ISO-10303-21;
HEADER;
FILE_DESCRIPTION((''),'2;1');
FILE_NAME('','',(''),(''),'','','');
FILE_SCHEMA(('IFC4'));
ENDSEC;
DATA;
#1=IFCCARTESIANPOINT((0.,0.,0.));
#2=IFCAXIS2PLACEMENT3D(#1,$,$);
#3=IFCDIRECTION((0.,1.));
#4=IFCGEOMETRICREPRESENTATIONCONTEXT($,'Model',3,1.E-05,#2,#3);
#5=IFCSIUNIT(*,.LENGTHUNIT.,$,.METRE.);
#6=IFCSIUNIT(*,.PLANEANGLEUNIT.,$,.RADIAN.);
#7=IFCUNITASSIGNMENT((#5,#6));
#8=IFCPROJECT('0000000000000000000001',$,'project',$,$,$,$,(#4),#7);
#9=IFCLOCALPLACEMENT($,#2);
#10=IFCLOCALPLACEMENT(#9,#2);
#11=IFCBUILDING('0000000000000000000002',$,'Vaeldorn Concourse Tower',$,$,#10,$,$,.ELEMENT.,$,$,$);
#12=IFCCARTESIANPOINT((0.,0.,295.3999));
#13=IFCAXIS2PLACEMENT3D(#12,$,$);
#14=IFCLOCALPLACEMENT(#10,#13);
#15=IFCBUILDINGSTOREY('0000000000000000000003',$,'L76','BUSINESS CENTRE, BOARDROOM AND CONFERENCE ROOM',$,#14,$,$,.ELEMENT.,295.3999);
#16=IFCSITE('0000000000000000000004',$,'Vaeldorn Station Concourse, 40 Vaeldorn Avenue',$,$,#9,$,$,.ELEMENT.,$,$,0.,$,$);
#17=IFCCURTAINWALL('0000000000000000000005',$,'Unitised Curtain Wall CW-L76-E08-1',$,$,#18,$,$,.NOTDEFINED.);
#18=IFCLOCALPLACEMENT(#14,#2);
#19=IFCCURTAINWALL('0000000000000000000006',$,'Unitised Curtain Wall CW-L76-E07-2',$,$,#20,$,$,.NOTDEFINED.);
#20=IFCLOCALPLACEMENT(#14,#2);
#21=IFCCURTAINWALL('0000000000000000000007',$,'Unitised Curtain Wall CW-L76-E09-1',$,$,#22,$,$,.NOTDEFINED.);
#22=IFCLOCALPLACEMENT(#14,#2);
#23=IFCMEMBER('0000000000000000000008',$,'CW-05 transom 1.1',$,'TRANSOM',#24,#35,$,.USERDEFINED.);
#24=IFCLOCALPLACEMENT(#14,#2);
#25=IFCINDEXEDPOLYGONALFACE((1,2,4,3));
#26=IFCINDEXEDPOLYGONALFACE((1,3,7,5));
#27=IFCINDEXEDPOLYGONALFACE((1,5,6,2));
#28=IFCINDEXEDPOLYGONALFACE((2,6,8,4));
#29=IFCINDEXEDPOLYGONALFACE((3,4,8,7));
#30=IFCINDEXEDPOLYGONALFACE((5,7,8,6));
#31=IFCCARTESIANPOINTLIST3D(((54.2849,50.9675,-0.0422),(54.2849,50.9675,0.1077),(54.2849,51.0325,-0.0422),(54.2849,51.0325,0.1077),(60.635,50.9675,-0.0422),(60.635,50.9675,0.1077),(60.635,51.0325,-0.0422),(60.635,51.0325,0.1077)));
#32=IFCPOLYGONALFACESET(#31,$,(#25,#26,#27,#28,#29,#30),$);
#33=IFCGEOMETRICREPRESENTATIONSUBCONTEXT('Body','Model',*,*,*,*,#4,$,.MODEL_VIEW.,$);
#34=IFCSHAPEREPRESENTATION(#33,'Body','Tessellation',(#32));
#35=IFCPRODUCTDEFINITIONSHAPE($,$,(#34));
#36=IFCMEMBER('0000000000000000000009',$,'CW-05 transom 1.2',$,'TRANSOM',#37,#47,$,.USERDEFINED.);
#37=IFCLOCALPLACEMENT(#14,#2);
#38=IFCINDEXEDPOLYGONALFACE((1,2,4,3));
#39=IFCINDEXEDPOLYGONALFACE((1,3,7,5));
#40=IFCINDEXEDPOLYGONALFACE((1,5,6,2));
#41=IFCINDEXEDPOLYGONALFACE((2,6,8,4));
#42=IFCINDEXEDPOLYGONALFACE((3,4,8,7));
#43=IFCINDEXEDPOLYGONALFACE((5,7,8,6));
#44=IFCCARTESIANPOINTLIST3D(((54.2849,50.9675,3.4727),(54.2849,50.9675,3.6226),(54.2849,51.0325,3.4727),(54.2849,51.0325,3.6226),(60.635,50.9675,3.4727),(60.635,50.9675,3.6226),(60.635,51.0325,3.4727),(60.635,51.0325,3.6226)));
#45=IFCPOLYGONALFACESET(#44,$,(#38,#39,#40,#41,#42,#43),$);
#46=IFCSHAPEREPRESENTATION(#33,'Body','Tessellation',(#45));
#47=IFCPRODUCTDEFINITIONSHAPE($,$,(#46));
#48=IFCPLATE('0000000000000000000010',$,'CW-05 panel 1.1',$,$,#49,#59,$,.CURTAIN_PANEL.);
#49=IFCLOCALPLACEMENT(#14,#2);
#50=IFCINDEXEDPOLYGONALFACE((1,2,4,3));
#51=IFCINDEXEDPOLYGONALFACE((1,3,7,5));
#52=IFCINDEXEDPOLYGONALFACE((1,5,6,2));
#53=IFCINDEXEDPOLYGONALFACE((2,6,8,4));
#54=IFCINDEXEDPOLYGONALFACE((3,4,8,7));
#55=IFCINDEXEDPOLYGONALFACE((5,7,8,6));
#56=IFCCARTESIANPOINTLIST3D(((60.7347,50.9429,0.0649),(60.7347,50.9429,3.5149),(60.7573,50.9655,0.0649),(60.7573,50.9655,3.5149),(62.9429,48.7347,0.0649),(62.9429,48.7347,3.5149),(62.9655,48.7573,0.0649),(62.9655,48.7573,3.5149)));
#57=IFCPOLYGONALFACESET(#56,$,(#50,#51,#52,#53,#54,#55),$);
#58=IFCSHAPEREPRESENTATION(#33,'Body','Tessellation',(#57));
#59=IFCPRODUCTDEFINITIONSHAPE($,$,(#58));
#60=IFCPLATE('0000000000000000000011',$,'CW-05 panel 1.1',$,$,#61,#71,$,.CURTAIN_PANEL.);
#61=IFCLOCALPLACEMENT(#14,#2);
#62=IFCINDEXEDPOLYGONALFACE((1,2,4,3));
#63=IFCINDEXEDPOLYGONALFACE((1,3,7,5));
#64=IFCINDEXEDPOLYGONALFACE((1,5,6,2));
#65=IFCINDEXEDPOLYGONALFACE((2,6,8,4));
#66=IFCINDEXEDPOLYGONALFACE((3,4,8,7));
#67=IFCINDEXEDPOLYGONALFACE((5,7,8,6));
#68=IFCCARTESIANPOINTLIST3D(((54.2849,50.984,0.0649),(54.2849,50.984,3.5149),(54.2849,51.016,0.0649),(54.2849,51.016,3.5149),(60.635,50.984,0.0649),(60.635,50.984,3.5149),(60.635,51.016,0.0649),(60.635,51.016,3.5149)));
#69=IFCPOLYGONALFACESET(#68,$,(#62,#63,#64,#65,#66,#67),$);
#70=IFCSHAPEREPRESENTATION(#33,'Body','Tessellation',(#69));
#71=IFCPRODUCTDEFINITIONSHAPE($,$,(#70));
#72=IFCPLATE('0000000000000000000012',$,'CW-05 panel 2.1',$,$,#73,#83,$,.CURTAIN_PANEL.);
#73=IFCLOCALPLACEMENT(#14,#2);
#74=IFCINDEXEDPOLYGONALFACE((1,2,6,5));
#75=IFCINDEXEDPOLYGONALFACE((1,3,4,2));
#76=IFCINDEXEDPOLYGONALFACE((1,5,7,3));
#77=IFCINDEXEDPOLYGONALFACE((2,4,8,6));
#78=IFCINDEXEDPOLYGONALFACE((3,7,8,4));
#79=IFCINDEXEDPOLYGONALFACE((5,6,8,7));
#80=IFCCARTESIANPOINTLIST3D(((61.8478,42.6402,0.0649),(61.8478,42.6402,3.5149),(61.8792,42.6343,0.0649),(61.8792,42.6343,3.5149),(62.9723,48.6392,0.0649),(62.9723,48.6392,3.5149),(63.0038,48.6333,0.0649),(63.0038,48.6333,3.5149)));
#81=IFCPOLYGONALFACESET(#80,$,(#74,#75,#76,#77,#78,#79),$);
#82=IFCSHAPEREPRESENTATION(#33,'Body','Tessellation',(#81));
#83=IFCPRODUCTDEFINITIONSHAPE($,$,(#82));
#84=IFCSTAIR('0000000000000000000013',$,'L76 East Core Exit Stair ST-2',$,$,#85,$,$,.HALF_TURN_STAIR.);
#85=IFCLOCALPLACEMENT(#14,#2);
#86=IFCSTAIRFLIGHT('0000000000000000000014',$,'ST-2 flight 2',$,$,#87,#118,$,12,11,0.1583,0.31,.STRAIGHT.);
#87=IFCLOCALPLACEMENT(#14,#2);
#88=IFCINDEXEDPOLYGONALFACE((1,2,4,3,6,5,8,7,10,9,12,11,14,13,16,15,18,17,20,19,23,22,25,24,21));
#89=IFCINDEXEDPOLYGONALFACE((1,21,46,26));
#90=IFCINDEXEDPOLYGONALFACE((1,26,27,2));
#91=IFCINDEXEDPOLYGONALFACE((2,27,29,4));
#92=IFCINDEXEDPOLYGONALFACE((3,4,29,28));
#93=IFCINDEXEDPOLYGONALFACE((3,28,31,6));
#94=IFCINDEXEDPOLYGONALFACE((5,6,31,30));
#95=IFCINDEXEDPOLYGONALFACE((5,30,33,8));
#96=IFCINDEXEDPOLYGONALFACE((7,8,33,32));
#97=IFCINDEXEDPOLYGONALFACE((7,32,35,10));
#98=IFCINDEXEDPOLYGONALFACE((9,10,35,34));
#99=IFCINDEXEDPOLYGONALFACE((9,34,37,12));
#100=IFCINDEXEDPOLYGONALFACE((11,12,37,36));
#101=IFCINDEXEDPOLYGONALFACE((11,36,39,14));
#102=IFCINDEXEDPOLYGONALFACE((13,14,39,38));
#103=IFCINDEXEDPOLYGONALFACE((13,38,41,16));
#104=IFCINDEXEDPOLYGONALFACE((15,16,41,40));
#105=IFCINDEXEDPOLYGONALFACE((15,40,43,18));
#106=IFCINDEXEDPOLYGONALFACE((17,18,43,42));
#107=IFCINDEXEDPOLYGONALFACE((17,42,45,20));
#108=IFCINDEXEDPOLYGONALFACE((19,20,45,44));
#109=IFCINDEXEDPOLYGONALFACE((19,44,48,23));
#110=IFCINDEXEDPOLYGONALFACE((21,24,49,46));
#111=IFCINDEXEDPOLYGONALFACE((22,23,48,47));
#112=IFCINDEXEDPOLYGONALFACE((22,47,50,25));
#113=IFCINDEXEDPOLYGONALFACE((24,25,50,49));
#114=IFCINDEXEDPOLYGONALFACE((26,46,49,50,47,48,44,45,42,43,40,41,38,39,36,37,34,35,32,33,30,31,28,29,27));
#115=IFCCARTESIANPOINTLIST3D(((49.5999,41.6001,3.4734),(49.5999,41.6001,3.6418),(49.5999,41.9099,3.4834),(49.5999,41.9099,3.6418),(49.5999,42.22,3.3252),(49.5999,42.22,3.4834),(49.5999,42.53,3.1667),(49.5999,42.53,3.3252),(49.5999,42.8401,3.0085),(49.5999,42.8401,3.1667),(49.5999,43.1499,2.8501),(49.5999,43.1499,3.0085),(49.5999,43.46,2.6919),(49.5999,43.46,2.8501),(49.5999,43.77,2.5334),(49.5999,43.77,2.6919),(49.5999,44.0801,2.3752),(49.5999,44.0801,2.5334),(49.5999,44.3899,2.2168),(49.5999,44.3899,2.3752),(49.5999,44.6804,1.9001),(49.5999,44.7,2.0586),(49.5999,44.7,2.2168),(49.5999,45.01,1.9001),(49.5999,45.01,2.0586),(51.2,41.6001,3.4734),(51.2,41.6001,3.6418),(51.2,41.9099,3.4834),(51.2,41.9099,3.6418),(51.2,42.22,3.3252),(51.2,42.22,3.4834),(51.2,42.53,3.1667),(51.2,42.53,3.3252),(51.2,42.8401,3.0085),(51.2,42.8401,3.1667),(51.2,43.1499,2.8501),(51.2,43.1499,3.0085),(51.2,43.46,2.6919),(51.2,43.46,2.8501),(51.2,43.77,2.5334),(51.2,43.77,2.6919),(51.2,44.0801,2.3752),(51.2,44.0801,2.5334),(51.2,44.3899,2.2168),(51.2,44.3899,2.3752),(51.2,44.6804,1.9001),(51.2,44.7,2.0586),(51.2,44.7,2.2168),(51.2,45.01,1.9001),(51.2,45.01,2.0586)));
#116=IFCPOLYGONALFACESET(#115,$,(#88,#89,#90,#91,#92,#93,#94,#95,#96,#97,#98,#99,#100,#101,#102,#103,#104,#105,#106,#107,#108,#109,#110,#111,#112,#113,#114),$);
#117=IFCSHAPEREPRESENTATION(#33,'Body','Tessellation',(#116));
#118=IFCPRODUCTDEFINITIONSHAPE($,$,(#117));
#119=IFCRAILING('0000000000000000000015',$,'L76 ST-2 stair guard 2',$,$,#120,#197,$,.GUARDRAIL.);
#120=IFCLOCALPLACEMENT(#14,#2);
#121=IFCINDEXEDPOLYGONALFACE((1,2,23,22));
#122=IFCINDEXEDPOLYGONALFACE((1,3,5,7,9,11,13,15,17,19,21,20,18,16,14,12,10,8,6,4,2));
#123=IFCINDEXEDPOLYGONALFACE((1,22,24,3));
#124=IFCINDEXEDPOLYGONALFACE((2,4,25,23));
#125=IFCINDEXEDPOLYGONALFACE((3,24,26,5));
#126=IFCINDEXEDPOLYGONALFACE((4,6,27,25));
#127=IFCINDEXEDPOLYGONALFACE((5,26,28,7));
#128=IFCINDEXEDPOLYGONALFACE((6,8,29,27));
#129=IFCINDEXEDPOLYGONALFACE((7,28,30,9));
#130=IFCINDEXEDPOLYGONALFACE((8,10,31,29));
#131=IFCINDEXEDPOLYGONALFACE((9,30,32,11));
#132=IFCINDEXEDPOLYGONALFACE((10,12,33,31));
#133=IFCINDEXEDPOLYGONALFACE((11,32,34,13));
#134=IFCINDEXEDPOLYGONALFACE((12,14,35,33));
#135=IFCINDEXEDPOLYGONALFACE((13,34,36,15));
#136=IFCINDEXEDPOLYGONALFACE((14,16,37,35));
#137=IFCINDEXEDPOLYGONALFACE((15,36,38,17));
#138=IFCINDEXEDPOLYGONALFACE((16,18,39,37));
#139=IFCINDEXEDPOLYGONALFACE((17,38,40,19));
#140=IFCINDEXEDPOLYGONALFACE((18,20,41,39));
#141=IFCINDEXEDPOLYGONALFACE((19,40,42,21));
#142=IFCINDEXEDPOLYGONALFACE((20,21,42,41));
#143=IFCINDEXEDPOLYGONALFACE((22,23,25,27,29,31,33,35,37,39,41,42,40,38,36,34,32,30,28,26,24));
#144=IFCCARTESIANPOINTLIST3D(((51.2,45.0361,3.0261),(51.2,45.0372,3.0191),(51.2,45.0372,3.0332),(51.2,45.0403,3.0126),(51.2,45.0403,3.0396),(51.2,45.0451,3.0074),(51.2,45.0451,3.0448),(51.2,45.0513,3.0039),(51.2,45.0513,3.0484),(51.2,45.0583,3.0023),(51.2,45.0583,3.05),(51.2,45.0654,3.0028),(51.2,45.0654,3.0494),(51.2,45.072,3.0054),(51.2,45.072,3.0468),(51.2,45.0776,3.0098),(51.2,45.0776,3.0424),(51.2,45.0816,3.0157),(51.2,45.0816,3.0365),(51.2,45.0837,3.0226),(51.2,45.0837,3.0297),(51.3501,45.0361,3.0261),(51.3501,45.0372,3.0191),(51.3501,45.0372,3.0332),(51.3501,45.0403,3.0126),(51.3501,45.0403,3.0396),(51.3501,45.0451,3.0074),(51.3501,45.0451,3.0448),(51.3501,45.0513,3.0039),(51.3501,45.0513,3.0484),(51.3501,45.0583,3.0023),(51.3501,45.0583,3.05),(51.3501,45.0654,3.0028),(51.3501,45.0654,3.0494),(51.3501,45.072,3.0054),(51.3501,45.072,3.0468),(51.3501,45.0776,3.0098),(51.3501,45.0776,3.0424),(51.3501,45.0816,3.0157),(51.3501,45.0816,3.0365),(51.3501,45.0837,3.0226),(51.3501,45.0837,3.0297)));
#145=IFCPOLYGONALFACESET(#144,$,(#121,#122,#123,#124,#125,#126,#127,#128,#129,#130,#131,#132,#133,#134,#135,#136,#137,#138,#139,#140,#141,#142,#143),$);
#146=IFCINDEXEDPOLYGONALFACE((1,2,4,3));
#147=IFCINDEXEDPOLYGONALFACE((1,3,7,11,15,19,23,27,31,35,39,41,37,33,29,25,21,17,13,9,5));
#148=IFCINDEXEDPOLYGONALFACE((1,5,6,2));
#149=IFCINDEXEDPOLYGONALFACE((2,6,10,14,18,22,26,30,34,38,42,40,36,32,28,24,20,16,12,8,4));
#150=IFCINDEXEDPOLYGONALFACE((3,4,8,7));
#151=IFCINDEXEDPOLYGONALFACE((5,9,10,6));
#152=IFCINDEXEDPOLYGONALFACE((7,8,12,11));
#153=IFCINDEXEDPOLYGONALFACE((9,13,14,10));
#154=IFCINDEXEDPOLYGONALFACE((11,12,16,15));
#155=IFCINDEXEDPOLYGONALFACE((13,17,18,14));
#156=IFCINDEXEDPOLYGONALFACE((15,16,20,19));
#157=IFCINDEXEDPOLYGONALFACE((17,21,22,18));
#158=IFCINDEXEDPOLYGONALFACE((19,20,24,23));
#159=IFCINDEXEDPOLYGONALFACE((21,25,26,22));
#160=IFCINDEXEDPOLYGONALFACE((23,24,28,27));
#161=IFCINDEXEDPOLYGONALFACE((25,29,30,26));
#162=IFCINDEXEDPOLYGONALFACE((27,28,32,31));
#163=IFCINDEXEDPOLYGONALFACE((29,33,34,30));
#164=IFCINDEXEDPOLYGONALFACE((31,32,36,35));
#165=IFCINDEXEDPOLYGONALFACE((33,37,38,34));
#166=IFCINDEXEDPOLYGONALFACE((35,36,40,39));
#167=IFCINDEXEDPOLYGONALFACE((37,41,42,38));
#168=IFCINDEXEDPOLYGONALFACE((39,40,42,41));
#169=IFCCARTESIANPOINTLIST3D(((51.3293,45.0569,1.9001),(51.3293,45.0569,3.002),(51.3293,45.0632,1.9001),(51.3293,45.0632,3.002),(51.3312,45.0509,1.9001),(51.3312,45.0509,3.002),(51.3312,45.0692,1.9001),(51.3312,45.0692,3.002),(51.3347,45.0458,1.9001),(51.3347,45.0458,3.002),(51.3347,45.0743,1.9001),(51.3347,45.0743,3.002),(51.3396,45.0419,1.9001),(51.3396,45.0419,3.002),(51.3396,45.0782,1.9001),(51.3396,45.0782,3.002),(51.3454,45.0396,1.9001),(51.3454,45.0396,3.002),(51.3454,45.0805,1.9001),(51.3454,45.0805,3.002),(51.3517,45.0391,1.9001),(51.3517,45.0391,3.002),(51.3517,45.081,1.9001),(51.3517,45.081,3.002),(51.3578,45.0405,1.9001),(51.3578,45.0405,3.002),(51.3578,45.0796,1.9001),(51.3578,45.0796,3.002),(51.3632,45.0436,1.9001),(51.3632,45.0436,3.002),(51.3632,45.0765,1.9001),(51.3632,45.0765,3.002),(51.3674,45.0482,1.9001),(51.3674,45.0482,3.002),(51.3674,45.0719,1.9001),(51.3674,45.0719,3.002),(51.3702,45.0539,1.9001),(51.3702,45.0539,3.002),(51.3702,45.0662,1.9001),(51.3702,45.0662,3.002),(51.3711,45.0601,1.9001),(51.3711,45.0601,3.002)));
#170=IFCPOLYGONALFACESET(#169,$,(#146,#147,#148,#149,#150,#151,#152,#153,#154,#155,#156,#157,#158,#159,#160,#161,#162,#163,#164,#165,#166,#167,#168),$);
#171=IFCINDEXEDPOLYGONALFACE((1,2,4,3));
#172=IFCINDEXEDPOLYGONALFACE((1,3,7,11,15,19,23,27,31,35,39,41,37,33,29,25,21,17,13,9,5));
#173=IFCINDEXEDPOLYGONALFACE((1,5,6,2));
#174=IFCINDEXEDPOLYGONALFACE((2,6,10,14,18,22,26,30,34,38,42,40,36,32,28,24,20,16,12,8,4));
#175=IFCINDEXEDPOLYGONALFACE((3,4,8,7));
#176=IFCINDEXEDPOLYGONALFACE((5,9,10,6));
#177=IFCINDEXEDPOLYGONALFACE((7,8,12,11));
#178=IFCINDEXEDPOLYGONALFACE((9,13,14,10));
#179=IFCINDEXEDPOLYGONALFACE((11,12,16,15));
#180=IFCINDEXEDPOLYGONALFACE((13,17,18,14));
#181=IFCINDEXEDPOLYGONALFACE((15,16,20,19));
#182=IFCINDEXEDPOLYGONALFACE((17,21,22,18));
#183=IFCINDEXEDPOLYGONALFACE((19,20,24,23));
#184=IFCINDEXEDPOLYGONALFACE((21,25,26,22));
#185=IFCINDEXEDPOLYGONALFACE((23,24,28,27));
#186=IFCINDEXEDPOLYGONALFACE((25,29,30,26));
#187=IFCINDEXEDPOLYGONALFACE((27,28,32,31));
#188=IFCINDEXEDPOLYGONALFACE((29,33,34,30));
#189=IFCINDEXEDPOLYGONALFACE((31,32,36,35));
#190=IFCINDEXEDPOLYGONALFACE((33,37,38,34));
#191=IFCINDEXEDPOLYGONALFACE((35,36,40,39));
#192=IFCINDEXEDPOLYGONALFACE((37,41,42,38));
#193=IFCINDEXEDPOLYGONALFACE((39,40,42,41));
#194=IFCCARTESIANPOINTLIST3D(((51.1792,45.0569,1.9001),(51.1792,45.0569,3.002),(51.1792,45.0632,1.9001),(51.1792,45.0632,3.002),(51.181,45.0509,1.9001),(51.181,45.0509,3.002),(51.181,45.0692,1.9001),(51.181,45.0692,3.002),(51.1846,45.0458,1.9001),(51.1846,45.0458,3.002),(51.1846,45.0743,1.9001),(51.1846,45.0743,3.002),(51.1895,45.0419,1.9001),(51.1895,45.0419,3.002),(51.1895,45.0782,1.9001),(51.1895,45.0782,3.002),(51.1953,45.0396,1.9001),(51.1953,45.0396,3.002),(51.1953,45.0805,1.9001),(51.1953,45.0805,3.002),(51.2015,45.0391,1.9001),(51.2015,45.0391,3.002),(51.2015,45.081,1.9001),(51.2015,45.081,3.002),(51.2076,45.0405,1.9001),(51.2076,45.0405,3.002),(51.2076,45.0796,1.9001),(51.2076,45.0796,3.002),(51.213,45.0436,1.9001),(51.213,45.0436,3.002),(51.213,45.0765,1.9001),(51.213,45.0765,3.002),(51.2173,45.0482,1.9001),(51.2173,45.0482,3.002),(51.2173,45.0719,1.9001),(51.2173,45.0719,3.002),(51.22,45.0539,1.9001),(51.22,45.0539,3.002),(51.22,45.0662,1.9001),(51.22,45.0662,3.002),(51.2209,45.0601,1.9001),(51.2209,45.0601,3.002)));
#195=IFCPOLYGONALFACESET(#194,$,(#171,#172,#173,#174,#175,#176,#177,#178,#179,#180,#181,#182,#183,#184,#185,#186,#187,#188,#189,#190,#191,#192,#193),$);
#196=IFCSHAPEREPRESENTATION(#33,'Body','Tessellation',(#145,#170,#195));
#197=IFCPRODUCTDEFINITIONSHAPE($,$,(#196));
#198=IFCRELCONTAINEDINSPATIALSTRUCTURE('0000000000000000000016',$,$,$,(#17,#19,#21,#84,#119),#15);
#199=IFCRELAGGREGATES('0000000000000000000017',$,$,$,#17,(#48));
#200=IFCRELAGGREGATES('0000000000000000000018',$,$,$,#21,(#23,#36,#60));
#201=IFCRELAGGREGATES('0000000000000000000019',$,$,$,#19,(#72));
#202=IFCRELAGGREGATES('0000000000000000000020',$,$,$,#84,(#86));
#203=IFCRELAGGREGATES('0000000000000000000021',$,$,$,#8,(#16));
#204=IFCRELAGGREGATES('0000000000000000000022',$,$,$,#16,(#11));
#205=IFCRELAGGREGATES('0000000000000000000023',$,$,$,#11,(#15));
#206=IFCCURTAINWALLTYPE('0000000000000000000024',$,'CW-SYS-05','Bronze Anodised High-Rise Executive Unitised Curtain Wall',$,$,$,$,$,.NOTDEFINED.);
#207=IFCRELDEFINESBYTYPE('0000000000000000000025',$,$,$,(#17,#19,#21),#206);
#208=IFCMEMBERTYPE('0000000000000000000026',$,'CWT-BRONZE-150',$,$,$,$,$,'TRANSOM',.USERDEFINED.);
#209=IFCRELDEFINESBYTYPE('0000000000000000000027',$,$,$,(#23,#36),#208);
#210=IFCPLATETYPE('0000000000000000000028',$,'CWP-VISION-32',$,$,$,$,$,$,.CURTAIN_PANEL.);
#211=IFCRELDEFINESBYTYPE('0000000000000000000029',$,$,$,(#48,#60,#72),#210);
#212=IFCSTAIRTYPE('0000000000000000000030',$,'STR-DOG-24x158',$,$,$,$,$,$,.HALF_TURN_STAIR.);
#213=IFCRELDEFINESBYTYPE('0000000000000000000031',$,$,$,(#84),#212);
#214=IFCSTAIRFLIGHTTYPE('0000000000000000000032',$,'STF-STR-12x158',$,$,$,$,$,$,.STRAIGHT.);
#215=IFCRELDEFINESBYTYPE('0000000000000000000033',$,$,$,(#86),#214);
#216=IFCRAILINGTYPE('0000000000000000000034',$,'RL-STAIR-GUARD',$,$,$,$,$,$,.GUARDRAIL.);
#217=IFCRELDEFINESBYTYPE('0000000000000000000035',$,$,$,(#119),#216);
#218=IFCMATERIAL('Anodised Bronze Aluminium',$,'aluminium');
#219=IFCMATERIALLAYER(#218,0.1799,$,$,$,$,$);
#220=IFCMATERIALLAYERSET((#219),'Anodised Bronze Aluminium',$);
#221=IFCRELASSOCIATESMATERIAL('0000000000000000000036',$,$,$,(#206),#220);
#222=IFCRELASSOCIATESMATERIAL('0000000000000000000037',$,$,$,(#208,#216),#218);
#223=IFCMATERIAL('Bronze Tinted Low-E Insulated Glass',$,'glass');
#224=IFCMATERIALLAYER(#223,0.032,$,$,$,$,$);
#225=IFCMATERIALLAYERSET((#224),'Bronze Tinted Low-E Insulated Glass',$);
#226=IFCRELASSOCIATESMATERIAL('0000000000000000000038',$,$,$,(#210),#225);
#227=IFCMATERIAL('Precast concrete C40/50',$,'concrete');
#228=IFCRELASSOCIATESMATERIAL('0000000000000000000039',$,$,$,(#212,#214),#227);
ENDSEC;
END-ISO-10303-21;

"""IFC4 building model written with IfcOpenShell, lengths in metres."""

from ifc_helpers import new_model, si_unit, direction, frame, origin, origin_2d, place, context, subcontext, project, spatial, polyline, rectangle, circle, outline, extrude, source, transform, mapped, material, layer, layer_set, material_profile, profile_set, type_object, element, aggregate, save


model = new_model("IFC4")

# Units and contexts
model_context = context("Model", 3, precision=1e-05, world=origin(), true_north=direction((0.0, 1.0)))
body_context = subcontext(model_context, "Body", "Model", "MODEL_VIEW")
ifc_project = project(units=[si_unit("LENGTHUNIT", "METRE"), si_unit("PLANEANGLEUNIT", "RADIAN")], contexts=[model_context])

# Site, building, storey
site_placement = place(None, origin())
site = spatial("IfcSite", under=ifc_project, at=site_placement, Name="Vaeldorn Station Concourse, 40 Vaeldorn Avenue", CompositionType="ELEMENT", RefElevation=0.0)
building_placement = place(site_placement, origin())
building = spatial("IfcBuilding", under=site, at=building_placement, Name="Vaeldorn Concourse Tower", CompositionType="ELEMENT")
storey_placement = place(building_placement, frame((0.0, 0.0, 295.3999)))
storey = spatial("IfcBuildingStorey", under=building, at=storey_placement, Name="L76", Description="BUSINESS CENTRE, BOARDROOM AND CONFERENCE ROOM", CompositionType="ELEMENT", Elevation=295.3999)

# Curtain wall
ifc_material_1 = material(Name="Anodised Bronze Aluminium", Category="aluminium")
ifc_layer_1 = layer(ifc_material_1, 0.1799)
ifc_layer_set_1 = layer_set([ifc_layer_1], Name="Anodised Bronze Aluminium")
curtain_wall_type = type_object("IfcCurtainWallType", Name="CW-SYS-05", Description="Bronze Anodised High-Rise Executive Unitised Curtain Wall", PredefinedType="NOTDEFINED", material=ifc_layer_set_1)
curtain_wall_1_placement = place(storey_placement, origin())
curtain_wall_1 = element("IfcCurtainWall", 1, at=curtain_wall_1_placement, inside=storey, type_object=curtain_wall_type, Name="Unitised Curtain Wall CW-L76-E08-1", PredefinedType="NOTDEFINED")
ifc_material_profile_1 = material_profile(ifc_material_1, rectangle(XDim=0.0649, YDim=0.1499, at=origin_2d()), Name="CWT 65x150")
ifc_profile_set_1 = profile_set([ifc_material_profile_1], Name="Anodised Bronze Aluminium")
member_type_1 = type_object("IfcMemberType", Name="CWT-BRONZE-150", ElementType="TRANSOM", PredefinedType="USERDEFINED", material=ifc_profile_set_1)

# Curtain wall
curtain_wall_2_placement = place(storey_placement, origin())
curtain_wall_2 = element("IfcCurtainWall", 2, at=curtain_wall_2_placement, inside=storey, type_object=curtain_wall_type, Name="Unitised Curtain Wall CW-L76-E07-2", PredefinedType="NOTDEFINED")

# Curtain wall, members
curtain_wall_3_placement = place(storey_placement, origin())
curtain_wall_3 = element("IfcCurtainWall", 3, at=curtain_wall_3_placement, inside=storey, type_object=curtain_wall_type, Name="Unitised Curtain Wall CW-L76-E09-1", PredefinedType="NOTDEFINED")
shared_shape_1 = source(origin(), body_context, "Body", "SweptSolid", [
    extrude(rectangle(XDim=0.0649, YDim=0.1499, at=origin_2d()), origin(), (0.0, 0.0, 1.0), 6.3501),
])
member_1_placement = place(storey_placement, frame((60.635, 51.0, 0.0327), z_axis=(-1.0, 0.0, 0.0), x_axis=(0.0, -1.0, 0.0)))
member_1 = element("IfcMember", 4, at=member_1_placement, type_object=member_type_1, Name="CW-05 transom 1.1", ObjectType="TRANSOM", PredefinedType="USERDEFINED", context=body_context, shape_type="MappedRepresentation", body=[
    mapped(shared_shape_1, transform((0.0, 0.0, 0.0), scale=1.0)),
])
member_2_placement = place(storey_placement, frame((60.635, 51.0, 3.5476), z_axis=(-1.0, 0.0, 0.0), x_axis=(0.0, -1.0, 0.0)))
member_2 = element("IfcMember", 5, at=member_2_placement, type_object=member_type_1, Name="CW-05 transom 1.2", ObjectType="TRANSOM", PredefinedType="USERDEFINED", context=body_context, shape_type="MappedRepresentation", body=[
    mapped(shared_shape_1, transform((0.0, 0.0, 0.0), scale=1.0)),
])

# Plates
ifc_material_2 = material(Name="Bronze Tinted Low-E Insulated Glass", Category="glass")
ifc_layer_2 = layer(ifc_material_2, 0.032)
ifc_layer_set_2 = layer_set([ifc_layer_2], Name="Bronze Tinted Low-E Insulated Glass")
plate_type = type_object("IfcPlateType", Name="CWP-VISION-32", PredefinedType="CURTAIN_PANEL", material=ifc_layer_set_2)
shared_shape_2 = source(origin(), body_context, "Body", "SweptSolid", [
    extrude(rectangle(XDim=3.1228, YDim=0.032, at=origin_2d()), origin(), (0.0, 0.0, 1.0), 3.45),
])
plate_1_placement = place(storey_placement, frame((61.8501, 49.8501, 0.0649), z_axis=(0.0, 0.0, 1.0), x_axis=(-0.707107, 0.707107, 0.0)))
plate_1 = element("IfcPlate", 6, at=plate_1_placement, type_object=plate_type, Name="CW-05 panel 1.1", PredefinedType="CURTAIN_PANEL", context=body_context, shape_type="MappedRepresentation", body=[
    mapped(shared_shape_2, transform((0.0, 0.0, 0.0), scale=1.0)),
])
aggregate(curtain_wall_1, [plate_1])
shared_shape_3 = source(origin(), body_context, "Body", "SweptSolid", [
    extrude(rectangle(XDim=6.3501, YDim=0.032, at=origin_2d()), origin(), (0.0, 0.0, 1.0), 3.45),
])
plate_2_placement = place(storey_placement, frame((57.46, 51.0, 0.0649), z_axis=(0.0, 0.0, 1.0), x_axis=(-1.0, 0.0, 0.0)))
plate_2 = element("IfcPlate", 7, at=plate_2_placement, type_object=plate_type, Name="CW-05 panel 1.1", PredefinedType="CURTAIN_PANEL", context=body_context, shape_type="MappedRepresentation", body=[
    mapped(shared_shape_3, transform((0.0, 0.0, 0.0), scale=1.0)),
])
aggregate(curtain_wall_3, [member_1, member_2, plate_2])
shared_shape_4 = source(origin(), body_context, "Body", "SweptSolid", [
    extrude(rectangle(XDim=6.1035, YDim=0.032, at=origin_2d()), origin(), (0.0, 0.0, 1.0), 3.45),
])
plate_3_placement = place(storey_placement, frame((62.4258, 45.6367, 0.0649), z_axis=(0.0, 0.0, 1.0), x_axis=(0.184246, 0.98288, 0.0)))
plate_3 = element("IfcPlate", 8, at=plate_3_placement, type_object=plate_type, Name="CW-05 panel 2.1", PredefinedType="CURTAIN_PANEL", context=body_context, shape_type="MappedRepresentation", body=[
    mapped(shared_shape_4, transform((0.0, 0.0, 0.0), scale=1.0)),
])
aggregate(curtain_wall_2, [plate_3])

# Stair, stair flight
ifc_material_3 = material(Name="Precast concrete C40/50", Category="concrete")
stair_type = type_object("IfcStairType", Name="STR-DOG-24x158", PredefinedType="HALF_TURN_STAIR", material=ifc_material_3)
stair_placement = place(storey_placement, origin())
stair = element("IfcStair", 9, at=stair_placement, inside=storey, type_object=stair_type, Name="L76 East Core Exit Stair ST-2", PredefinedType="HALF_TURN_STAIR")
stair_flight_type = type_object("IfcStairFlightType", Name="STF-STR-12x158", PredefinedType="STRAIGHT", material=ifc_material_3)
stair_flight_placement = place(storey_placement, frame((50.3999, 45.01, 1.9001), z_axis=(0.0, 0.0, 1.0), x_axis=(0.0, -1.0, 0.0)))
stair_flight = element("IfcStairFlight", 10, at=stair_flight_placement, type_object=stair_flight_type, Name="ST-2 flight 2", NumberOfRisers=12, NumberOfTreads=11, PredefinedType="STRAIGHT", RiserHeight=0.1583, TreadLength=0.31, context=body_context, shape_type="SweptSolid", body=[
    extrude(outline(polyline([(0.0, 0.0), (0.0, 0.1584), (0.3101, 0.1584), (0.3101, 0.3167), (0.6201, 0.3167), (0.6201, 0.4751), (0.9299, 0.4751), (0.9299, 0.6333), (1.24, 0.6333), (1.24, 0.7917), (1.55, 0.7917), (1.55, 0.95), (1.8601, 0.95), (1.8601, 1.1084), (2.1699, 1.1084), (2.1699, 1.2666), (2.48, 1.2666), (2.48, 1.425), (2.79, 1.425), (2.79, 1.5833), (3.1001, 1.5833), (3.1001, 1.7417), (3.4099, 1.7417), (3.4099, 1.8999), (3.4099, 1.5732), (0.3296, 0.0), (0.0, 0.0)])), frame((0.0, 0.8, 0.0), z_axis=(0.0, -1.0, 0.0), x_axis=(1.0, 0.0, 0.0)), (0.0, 0.0, 1.0), 1.6001),
])
aggregate(stair, [stair_flight])

# Railing
railing_type_1 = type_object("IfcRailingType", Name="RL-STAIR-GUARD", PredefinedType="GUARDRAIL", material=ifc_material_1)
railing_1_placement = place(storey_placement, frame((51.3501, 45.0601, 1.9001)))
element("IfcRailing", 11, at=railing_1_placement, inside=storey, type_object=railing_type_1, Name="L76 ST-2 stair guard 2", PredefinedType="GUARDRAIL", context=body_context, shape_type="SweptSolid", body=[
    extrude(circle(Radius=0.0239, at=origin_2d()), frame((0.0, 0.0, 1.126), z_axis=(-1.0, 0.0, 0.0), x_axis=(0.0, -1.0, 0.0)), (0.0, 0.0, 1.0), 0.1501),
    extrude(circle(Radius=0.021, at=origin_2d()), origin(), (0.0, 0.0, 1.0), 1.1018),
    extrude(circle(Radius=0.021, at=origin_2d()), frame((-0.1501, 0.0, 0.0)), (0.0, 0.0, 1.0), 1.1018),
])

save(model, "model.ifc")
